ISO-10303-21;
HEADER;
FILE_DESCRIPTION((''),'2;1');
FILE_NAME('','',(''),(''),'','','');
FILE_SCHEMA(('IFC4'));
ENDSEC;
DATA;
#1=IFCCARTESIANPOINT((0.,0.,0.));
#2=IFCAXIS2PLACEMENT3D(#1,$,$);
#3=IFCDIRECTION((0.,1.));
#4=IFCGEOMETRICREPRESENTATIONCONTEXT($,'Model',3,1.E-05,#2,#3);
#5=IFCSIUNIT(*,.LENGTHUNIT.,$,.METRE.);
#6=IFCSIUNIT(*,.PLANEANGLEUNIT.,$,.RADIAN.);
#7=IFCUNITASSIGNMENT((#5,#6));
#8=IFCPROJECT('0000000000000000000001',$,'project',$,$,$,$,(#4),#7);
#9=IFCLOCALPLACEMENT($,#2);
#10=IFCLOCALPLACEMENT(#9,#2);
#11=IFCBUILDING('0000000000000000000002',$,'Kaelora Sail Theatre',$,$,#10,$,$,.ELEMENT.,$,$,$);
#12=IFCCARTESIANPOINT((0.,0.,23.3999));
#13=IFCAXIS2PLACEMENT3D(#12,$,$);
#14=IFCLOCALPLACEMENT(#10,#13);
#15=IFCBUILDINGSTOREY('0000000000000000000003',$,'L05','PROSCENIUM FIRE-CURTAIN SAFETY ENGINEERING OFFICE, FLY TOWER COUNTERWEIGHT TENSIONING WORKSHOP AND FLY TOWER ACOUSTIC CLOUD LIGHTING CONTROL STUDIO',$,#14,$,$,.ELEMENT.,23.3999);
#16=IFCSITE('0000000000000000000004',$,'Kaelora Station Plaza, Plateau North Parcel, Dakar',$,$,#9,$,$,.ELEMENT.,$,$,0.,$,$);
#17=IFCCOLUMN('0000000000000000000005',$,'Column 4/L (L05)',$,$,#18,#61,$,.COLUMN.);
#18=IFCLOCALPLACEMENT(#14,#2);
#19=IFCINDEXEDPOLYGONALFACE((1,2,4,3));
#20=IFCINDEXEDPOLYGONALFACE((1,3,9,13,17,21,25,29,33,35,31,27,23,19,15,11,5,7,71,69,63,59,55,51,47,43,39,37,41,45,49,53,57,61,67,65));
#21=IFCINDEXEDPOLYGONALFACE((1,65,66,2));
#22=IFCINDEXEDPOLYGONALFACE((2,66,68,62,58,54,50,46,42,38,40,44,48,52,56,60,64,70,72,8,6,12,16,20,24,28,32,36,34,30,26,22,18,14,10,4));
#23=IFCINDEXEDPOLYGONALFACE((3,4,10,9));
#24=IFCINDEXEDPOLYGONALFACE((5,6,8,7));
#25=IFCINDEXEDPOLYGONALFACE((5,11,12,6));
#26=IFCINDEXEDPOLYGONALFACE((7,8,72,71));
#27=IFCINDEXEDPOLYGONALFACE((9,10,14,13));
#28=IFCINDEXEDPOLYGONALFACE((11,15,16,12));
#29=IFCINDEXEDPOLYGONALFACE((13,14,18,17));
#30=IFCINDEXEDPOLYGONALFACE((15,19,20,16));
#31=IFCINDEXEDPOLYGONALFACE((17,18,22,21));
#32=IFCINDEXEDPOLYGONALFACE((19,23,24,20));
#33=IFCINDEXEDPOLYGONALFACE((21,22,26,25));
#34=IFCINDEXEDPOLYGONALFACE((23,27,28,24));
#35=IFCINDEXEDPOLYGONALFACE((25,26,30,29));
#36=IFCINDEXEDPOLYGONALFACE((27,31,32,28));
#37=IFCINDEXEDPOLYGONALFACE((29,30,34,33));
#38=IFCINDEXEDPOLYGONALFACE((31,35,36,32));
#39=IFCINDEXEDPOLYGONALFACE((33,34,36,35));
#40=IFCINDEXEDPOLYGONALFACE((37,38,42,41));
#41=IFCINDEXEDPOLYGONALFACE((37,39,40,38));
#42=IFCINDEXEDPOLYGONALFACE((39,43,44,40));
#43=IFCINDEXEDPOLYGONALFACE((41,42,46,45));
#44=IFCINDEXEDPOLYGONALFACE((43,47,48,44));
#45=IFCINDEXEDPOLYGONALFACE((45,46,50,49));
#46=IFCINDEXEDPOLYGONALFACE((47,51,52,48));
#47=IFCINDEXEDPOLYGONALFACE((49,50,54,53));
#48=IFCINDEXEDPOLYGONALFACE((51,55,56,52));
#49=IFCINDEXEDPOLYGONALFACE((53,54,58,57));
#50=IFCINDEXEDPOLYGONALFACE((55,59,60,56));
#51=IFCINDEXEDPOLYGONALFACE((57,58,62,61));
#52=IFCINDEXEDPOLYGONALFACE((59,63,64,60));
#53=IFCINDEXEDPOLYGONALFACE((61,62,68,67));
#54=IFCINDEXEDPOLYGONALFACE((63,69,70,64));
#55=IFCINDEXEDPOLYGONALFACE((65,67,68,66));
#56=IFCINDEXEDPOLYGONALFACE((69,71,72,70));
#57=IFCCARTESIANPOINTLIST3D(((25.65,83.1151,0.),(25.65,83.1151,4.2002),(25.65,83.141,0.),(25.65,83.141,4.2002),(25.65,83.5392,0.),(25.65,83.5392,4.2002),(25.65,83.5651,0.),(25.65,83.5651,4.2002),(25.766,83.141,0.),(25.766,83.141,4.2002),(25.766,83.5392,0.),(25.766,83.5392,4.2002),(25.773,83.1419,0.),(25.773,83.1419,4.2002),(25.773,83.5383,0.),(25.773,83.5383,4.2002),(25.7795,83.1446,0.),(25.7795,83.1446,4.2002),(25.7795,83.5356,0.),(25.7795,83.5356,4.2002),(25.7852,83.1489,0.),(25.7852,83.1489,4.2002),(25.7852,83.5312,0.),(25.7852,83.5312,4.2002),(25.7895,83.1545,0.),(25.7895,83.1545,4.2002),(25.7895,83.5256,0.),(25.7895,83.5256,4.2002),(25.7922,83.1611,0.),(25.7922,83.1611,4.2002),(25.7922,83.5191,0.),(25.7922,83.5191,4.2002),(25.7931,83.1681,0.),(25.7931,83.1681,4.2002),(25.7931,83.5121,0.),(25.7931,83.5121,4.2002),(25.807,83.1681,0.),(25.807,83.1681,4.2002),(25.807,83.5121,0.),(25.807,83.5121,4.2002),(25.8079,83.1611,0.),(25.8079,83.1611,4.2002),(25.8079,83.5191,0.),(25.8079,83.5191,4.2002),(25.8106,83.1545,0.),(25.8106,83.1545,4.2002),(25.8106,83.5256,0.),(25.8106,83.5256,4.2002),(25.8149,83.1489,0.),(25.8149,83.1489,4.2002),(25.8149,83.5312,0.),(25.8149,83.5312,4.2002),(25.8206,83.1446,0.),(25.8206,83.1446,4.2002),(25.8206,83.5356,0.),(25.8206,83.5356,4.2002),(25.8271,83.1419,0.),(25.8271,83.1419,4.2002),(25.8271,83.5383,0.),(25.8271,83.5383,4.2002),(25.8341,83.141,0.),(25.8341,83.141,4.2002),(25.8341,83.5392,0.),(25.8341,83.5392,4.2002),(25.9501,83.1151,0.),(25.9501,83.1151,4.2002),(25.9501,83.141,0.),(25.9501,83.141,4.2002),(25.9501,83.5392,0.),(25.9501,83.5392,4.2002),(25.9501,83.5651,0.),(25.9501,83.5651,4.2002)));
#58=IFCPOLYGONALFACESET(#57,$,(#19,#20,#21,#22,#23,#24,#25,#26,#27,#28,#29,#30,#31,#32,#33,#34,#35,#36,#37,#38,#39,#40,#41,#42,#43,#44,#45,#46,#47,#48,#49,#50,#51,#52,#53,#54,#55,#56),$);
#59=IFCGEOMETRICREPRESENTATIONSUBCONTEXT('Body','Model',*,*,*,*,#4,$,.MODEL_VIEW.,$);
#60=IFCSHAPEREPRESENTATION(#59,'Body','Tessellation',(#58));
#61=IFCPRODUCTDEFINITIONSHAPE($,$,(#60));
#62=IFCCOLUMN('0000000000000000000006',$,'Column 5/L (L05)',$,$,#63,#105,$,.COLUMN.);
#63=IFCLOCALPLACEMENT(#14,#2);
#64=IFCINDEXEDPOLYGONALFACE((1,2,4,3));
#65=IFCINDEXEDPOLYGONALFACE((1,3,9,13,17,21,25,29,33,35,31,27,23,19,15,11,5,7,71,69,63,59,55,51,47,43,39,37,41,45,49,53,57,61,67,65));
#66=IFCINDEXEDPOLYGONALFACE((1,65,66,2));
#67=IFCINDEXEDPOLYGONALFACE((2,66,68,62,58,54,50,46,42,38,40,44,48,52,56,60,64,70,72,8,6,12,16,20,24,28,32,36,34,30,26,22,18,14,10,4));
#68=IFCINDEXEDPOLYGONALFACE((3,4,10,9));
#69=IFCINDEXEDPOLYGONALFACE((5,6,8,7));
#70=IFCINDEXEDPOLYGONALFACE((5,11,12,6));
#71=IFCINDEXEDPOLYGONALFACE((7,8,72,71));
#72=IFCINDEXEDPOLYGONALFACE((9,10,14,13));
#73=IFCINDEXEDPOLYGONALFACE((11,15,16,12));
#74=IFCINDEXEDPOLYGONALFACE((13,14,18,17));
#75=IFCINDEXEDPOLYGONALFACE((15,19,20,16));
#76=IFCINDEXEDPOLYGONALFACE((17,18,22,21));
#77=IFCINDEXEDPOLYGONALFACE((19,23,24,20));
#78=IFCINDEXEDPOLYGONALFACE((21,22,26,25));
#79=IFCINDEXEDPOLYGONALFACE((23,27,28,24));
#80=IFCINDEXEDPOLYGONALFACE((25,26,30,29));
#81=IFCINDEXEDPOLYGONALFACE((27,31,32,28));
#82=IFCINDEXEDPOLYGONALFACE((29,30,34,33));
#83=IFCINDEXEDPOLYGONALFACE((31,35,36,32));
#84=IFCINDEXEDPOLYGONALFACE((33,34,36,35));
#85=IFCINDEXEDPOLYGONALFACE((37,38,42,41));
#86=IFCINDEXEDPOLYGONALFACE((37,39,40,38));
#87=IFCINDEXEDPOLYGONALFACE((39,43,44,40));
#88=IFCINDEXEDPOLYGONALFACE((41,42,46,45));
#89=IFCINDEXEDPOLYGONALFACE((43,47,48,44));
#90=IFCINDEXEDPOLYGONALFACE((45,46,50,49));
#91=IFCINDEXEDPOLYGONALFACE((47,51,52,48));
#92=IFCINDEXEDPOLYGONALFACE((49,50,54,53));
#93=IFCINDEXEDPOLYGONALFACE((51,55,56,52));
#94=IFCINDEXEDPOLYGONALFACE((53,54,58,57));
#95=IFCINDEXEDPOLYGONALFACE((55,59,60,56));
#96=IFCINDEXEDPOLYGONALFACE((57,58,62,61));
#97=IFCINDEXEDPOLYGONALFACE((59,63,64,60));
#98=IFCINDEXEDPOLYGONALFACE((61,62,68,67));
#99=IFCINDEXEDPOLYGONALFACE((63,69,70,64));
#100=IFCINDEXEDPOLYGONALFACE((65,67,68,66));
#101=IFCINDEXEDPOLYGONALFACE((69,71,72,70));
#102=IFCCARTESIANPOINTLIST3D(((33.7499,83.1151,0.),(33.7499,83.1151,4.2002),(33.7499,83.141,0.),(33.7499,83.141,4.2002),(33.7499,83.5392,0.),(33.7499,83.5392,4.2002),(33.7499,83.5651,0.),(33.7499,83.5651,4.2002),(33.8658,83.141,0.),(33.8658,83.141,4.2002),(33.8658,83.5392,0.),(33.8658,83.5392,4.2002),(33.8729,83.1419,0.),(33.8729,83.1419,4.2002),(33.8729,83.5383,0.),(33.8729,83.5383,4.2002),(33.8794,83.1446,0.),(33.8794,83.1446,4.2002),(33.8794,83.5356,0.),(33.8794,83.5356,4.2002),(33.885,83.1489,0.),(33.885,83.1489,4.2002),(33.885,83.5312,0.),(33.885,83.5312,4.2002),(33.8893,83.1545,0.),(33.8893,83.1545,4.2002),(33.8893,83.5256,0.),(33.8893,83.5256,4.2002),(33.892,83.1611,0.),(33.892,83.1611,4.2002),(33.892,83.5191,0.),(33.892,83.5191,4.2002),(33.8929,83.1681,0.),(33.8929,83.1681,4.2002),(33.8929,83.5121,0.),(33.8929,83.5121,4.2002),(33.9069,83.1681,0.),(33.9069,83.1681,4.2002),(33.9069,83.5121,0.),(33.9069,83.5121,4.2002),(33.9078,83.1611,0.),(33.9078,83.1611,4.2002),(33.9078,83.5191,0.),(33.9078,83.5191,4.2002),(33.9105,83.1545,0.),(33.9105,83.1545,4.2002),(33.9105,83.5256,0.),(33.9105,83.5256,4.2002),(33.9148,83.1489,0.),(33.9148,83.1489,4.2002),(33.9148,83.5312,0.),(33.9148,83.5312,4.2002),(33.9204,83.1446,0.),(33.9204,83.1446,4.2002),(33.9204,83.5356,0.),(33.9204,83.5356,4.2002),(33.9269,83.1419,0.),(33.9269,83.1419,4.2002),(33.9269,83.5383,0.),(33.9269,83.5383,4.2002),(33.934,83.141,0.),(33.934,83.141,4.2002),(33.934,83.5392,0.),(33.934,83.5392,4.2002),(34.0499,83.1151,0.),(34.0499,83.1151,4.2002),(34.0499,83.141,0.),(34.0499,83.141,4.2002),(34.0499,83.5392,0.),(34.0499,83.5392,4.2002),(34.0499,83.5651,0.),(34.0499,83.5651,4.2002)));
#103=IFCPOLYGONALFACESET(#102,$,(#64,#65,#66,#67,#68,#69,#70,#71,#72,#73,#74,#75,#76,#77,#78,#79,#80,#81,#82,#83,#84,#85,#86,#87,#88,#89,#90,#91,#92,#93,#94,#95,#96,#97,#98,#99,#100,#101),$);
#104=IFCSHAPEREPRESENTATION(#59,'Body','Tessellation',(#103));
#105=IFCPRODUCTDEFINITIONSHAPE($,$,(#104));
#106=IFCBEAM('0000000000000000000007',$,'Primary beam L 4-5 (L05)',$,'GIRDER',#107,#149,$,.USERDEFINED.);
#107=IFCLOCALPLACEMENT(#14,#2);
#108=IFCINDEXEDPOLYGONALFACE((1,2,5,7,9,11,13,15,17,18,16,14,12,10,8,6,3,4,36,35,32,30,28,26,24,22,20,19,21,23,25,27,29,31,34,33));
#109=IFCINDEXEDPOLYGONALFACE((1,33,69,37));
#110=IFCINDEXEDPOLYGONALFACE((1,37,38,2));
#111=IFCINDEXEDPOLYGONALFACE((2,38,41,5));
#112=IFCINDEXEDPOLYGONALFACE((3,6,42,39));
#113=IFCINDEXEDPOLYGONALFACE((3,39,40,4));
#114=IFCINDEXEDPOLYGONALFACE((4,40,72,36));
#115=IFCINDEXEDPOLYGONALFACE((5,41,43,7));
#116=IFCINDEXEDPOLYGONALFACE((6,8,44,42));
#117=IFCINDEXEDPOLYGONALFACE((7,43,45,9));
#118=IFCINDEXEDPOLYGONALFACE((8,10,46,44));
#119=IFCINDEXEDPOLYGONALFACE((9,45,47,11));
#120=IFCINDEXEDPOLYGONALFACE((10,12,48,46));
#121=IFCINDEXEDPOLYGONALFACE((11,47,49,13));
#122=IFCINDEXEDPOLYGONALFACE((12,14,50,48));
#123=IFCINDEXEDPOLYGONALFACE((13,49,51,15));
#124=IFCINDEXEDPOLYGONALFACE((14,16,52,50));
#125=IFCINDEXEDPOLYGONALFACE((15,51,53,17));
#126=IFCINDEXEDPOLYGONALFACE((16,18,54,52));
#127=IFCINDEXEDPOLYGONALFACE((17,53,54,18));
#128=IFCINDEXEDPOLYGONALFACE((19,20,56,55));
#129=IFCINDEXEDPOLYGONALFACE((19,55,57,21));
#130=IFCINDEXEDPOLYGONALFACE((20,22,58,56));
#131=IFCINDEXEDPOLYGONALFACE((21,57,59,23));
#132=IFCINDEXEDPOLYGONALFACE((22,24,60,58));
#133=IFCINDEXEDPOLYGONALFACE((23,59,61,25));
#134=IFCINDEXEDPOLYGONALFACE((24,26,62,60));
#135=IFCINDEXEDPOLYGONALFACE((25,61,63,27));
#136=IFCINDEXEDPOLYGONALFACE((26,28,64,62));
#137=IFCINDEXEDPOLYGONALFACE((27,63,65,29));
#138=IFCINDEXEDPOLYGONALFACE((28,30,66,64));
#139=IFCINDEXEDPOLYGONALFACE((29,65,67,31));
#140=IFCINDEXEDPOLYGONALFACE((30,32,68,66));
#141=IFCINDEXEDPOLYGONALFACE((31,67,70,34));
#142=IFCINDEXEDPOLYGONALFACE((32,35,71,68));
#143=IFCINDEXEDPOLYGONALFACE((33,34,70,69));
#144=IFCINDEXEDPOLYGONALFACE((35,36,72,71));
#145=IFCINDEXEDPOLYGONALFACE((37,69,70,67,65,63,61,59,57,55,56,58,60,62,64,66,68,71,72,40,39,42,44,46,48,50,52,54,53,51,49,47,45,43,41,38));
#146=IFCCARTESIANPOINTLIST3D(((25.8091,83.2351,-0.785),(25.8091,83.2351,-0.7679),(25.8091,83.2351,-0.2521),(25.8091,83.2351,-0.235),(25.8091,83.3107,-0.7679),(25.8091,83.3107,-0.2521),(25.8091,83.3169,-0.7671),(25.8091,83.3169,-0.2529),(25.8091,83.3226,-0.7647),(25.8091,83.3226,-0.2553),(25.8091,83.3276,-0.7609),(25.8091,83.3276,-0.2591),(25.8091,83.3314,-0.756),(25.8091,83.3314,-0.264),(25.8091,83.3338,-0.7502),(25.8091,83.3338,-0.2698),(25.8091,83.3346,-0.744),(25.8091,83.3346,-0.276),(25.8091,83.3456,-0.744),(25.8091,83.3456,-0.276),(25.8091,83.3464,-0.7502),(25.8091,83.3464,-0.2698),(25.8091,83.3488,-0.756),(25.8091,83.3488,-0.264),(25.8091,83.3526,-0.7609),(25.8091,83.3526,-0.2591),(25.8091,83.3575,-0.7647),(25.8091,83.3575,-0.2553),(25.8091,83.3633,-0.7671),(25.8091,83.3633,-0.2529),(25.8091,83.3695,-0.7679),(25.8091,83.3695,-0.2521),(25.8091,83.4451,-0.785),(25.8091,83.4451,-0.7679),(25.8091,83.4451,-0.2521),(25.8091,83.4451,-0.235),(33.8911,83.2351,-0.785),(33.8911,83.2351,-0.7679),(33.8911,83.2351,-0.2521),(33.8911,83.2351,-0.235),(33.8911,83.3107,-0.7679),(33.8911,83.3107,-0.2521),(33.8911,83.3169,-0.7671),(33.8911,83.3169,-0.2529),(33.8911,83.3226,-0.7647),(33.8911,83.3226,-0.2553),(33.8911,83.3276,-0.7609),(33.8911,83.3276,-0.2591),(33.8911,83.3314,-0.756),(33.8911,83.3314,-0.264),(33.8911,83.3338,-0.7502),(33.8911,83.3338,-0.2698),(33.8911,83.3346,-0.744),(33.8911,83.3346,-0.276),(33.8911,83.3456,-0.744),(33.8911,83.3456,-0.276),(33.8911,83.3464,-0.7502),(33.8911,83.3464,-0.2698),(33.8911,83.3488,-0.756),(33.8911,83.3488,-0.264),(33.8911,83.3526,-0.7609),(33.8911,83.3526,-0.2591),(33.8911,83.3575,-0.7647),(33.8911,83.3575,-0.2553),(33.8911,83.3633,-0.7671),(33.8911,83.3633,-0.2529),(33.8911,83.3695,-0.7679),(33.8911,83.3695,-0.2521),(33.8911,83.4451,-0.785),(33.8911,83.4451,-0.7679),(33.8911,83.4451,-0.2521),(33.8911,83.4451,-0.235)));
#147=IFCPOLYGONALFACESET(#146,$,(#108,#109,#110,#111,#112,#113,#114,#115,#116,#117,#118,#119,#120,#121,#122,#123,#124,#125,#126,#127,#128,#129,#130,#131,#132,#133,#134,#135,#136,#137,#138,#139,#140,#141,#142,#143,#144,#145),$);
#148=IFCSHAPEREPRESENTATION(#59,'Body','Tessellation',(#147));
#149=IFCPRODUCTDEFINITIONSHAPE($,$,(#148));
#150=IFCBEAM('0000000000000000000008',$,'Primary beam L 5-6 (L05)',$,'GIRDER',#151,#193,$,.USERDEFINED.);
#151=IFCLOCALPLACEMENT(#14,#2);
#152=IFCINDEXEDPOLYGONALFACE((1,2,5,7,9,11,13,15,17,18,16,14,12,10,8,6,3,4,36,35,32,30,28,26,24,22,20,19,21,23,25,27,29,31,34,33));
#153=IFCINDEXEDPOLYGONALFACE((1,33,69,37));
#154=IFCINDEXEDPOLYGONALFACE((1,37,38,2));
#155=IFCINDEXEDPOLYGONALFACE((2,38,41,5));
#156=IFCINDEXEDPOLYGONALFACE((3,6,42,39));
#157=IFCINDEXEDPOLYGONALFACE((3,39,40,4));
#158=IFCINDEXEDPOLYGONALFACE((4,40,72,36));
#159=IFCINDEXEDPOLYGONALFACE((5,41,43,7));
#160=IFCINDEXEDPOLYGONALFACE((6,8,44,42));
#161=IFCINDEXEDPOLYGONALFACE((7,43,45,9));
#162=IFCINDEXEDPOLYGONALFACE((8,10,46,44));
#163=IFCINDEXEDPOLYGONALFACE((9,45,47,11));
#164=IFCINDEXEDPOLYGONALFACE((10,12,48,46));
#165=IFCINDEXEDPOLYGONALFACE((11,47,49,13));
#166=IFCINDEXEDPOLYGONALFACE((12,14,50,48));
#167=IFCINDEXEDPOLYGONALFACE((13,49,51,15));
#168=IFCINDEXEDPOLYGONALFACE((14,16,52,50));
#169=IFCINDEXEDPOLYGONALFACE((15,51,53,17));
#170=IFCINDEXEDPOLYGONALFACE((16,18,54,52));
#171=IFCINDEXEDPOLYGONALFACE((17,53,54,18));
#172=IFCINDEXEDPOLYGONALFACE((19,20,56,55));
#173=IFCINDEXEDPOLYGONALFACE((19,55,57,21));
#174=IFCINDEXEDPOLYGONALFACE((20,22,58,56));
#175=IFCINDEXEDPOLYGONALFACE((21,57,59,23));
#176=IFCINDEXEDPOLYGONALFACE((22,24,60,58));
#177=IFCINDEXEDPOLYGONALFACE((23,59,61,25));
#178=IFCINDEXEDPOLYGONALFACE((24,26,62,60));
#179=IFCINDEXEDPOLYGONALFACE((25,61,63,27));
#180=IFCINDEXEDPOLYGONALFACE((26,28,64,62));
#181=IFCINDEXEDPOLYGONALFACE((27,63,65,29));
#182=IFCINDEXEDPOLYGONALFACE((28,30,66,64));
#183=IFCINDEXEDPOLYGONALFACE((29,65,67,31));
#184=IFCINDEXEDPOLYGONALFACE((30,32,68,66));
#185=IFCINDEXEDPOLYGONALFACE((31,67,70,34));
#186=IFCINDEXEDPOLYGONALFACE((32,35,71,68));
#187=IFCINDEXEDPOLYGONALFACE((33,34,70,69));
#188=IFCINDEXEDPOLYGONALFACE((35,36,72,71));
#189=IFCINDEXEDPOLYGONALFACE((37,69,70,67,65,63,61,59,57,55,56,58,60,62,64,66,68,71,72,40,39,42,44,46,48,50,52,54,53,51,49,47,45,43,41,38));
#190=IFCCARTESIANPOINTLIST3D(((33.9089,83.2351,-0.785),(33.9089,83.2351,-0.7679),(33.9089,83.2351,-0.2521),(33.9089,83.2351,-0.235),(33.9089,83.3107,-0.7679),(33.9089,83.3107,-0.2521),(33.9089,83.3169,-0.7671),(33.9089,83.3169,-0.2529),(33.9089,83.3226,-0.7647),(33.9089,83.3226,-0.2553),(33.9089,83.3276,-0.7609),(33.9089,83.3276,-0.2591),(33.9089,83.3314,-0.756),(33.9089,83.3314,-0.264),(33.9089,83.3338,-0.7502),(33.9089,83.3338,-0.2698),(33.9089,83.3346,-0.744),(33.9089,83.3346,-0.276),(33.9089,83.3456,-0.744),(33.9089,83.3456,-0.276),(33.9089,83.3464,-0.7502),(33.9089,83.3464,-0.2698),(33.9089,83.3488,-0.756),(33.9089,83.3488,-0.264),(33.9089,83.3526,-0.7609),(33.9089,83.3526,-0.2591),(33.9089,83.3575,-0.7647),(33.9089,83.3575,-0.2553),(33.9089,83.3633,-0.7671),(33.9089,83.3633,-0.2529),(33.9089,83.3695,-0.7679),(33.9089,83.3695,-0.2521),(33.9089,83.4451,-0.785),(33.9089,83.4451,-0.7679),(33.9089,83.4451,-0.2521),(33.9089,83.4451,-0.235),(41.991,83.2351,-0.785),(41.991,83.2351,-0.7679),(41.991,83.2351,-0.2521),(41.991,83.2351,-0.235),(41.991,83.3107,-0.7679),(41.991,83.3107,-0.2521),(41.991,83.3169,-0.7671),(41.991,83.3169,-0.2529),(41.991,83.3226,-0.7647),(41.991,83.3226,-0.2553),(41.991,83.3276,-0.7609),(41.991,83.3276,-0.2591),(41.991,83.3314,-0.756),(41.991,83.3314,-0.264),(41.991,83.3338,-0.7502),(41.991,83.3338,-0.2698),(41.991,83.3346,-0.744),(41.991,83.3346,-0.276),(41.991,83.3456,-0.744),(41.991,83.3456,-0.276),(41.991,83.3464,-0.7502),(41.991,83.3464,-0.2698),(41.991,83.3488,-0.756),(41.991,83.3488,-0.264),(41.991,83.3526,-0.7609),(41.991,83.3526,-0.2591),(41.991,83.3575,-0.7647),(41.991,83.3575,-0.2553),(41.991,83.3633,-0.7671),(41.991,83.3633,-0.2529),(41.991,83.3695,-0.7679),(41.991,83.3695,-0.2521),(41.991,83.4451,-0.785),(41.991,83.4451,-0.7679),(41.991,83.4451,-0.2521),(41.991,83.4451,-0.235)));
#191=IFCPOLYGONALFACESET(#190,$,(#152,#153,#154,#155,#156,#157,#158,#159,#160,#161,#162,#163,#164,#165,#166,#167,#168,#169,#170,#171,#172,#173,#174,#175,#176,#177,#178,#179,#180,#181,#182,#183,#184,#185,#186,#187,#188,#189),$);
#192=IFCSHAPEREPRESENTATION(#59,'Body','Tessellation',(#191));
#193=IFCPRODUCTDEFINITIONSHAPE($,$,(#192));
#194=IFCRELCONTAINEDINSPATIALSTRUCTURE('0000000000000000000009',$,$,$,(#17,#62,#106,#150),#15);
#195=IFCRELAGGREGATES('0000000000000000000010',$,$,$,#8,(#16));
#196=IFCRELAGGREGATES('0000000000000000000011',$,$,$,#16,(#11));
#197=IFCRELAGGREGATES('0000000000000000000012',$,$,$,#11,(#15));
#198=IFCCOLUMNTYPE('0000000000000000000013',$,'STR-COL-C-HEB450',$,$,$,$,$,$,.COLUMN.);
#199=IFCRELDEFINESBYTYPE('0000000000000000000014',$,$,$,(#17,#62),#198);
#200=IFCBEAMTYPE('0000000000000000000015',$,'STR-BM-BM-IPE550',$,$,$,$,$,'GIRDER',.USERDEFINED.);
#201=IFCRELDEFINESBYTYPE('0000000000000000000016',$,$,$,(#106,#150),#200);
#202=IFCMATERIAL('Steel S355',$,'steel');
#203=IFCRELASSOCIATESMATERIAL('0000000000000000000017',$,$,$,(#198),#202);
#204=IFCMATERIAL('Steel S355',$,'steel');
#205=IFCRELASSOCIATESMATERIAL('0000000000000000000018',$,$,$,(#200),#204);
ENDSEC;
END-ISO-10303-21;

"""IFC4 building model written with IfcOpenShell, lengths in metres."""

from ifc_helpers import new_model, si_unit, direction, frame, origin, origin_2d, place, context, subcontext, project, spatial, i_section, extrude, material, material_profile, profile_set, type_object, element, save


model = new_model("IFC4")

# Units and contexts
model_context = context("Model", 3, precision=1e-05, world=origin(), true_north=direction((0.0, 1.0)))
body_context = subcontext(model_context, "Body", "Model", "MODEL_VIEW")
ifc_project = project(units=[si_unit("LENGTHUNIT", "METRE"), si_unit("PLANEANGLEUNIT", "RADIAN")], contexts=[model_context])

# Site, building, storey
site_placement = place(None, origin())
site = spatial("IfcSite", under=ifc_project, at=site_placement, Name="Kaelora Station Plaza, Plateau North Parcel, Dakar", CompositionType="ELEMENT", RefElevation=0.0)
building_placement = place(site_placement, origin())
building = spatial("IfcBuilding", under=site, at=building_placement, Name="Kaelora Sail Theatre", CompositionType="ELEMENT")
storey_placement = place(building_placement, frame((0.0, 0.0, 23.3999)))
storey = spatial("IfcBuildingStorey", under=building, at=storey_placement, Name="L05", Description="PROSCENIUM FIRE-CURTAIN SAFETY ENGINEERING OFFICE, FLY TOWER COUNTERWEIGHT TENSIONING WORKSHOP AND FLY TOWER ACOUSTIC CLOUD LIGHTING CONTROL STUDIO", CompositionType="ELEMENT", Elevation=23.3999)

# Columns
ifc_material_1 = material(Name="Steel S355", Category="steel")
ifc_material_profile_1 = material_profile(ifc_material_1, i_section(OverallWidth=0.3, OverallDepth=0.45, WebThickness=0.0139, FlangeThickness=0.0259, FilletRadius=0.0271, at=origin_2d()), Name="HEB 450")
ifc_profile_set_1 = profile_set([ifc_material_profile_1], Name="Steel S355")
column_type = type_object("IfcColumnType", Name="STR-COL-C-HEB450", PredefinedType="COLUMN", material=ifc_profile_set_1)
for number, where, z_axis, x_axis, name in (
    (1, (25.8, 83.3401, 0.0), (0.0, 0.0, 1.0), (1.0, 0.0, 0.0), "Column 4/L (L05)"),
    (2, (33.8999, 83.3401, 0.0), (0.0, 0.0, 1.0), (1.0, 0.0, 0.0), "Column 5/L (L05)"),
):
    element("IfcColumn", number, at=place(storey_placement, frame(where, z_axis=z_axis, x_axis=x_axis)), inside=storey, type_object=column_type, Name=name, PredefinedType="COLUMN", context=body_context, shape_type="SweptSolid", body=[
        extrude(i_section(OverallWidth=0.3, OverallDepth=0.45, WebThickness=0.0139, FlangeThickness=0.0259, FilletRadius=0.0271, at=origin_2d()), origin(), (0.0, 0.0, 1.0), 4.2002),
    ])

# Beams
ifc_material_2 = material(Name="Steel S355", Category="steel")
ifc_material_profile_2 = material_profile(ifc_material_2, i_section(OverallWidth=0.21, OverallDepth=0.55, WebThickness=0.011, FlangeThickness=0.0171, FilletRadius=0.0239, at=origin_2d()), Name="IPE 550")
ifc_profile_set_2 = profile_set([ifc_material_profile_2], Name="Steel S355")
beam_type = type_object("IfcBeamType", Name="STR-BM-BM-IPE550", ElementType="GIRDER", PredefinedType="USERDEFINED", material=ifc_profile_set_2)
for number, where, z_axis, x_axis, name in (
    (3, (25.8091, 83.3401, -0.51), (1.0, 0.0, 0.0), (0.0, 1.0, 0.0), "Primary beam L 4-5 (L05)"),
    (4, (33.9089, 83.3401, -0.51), (1.0, 0.0, 0.0), (0.0, 1.0, 0.0), "Primary beam L 5-6 (L05)"),
):
    element("IfcBeam", number, at=place(storey_placement, frame(where, z_axis=z_axis, x_axis=x_axis)), inside=storey, type_object=beam_type, Name=name, ObjectType="GIRDER", PredefinedType="USERDEFINED", context=body_context, shape_type="SweptSolid", body=[
        extrude(i_section(OverallWidth=0.21, OverallDepth=0.55, WebThickness=0.011, FlangeThickness=0.0171, FilletRadius=0.0239, at=origin_2d()), origin(), (0.0, 0.0, 1.0), 8.082),
    ])

save(model, "model.ifc")
